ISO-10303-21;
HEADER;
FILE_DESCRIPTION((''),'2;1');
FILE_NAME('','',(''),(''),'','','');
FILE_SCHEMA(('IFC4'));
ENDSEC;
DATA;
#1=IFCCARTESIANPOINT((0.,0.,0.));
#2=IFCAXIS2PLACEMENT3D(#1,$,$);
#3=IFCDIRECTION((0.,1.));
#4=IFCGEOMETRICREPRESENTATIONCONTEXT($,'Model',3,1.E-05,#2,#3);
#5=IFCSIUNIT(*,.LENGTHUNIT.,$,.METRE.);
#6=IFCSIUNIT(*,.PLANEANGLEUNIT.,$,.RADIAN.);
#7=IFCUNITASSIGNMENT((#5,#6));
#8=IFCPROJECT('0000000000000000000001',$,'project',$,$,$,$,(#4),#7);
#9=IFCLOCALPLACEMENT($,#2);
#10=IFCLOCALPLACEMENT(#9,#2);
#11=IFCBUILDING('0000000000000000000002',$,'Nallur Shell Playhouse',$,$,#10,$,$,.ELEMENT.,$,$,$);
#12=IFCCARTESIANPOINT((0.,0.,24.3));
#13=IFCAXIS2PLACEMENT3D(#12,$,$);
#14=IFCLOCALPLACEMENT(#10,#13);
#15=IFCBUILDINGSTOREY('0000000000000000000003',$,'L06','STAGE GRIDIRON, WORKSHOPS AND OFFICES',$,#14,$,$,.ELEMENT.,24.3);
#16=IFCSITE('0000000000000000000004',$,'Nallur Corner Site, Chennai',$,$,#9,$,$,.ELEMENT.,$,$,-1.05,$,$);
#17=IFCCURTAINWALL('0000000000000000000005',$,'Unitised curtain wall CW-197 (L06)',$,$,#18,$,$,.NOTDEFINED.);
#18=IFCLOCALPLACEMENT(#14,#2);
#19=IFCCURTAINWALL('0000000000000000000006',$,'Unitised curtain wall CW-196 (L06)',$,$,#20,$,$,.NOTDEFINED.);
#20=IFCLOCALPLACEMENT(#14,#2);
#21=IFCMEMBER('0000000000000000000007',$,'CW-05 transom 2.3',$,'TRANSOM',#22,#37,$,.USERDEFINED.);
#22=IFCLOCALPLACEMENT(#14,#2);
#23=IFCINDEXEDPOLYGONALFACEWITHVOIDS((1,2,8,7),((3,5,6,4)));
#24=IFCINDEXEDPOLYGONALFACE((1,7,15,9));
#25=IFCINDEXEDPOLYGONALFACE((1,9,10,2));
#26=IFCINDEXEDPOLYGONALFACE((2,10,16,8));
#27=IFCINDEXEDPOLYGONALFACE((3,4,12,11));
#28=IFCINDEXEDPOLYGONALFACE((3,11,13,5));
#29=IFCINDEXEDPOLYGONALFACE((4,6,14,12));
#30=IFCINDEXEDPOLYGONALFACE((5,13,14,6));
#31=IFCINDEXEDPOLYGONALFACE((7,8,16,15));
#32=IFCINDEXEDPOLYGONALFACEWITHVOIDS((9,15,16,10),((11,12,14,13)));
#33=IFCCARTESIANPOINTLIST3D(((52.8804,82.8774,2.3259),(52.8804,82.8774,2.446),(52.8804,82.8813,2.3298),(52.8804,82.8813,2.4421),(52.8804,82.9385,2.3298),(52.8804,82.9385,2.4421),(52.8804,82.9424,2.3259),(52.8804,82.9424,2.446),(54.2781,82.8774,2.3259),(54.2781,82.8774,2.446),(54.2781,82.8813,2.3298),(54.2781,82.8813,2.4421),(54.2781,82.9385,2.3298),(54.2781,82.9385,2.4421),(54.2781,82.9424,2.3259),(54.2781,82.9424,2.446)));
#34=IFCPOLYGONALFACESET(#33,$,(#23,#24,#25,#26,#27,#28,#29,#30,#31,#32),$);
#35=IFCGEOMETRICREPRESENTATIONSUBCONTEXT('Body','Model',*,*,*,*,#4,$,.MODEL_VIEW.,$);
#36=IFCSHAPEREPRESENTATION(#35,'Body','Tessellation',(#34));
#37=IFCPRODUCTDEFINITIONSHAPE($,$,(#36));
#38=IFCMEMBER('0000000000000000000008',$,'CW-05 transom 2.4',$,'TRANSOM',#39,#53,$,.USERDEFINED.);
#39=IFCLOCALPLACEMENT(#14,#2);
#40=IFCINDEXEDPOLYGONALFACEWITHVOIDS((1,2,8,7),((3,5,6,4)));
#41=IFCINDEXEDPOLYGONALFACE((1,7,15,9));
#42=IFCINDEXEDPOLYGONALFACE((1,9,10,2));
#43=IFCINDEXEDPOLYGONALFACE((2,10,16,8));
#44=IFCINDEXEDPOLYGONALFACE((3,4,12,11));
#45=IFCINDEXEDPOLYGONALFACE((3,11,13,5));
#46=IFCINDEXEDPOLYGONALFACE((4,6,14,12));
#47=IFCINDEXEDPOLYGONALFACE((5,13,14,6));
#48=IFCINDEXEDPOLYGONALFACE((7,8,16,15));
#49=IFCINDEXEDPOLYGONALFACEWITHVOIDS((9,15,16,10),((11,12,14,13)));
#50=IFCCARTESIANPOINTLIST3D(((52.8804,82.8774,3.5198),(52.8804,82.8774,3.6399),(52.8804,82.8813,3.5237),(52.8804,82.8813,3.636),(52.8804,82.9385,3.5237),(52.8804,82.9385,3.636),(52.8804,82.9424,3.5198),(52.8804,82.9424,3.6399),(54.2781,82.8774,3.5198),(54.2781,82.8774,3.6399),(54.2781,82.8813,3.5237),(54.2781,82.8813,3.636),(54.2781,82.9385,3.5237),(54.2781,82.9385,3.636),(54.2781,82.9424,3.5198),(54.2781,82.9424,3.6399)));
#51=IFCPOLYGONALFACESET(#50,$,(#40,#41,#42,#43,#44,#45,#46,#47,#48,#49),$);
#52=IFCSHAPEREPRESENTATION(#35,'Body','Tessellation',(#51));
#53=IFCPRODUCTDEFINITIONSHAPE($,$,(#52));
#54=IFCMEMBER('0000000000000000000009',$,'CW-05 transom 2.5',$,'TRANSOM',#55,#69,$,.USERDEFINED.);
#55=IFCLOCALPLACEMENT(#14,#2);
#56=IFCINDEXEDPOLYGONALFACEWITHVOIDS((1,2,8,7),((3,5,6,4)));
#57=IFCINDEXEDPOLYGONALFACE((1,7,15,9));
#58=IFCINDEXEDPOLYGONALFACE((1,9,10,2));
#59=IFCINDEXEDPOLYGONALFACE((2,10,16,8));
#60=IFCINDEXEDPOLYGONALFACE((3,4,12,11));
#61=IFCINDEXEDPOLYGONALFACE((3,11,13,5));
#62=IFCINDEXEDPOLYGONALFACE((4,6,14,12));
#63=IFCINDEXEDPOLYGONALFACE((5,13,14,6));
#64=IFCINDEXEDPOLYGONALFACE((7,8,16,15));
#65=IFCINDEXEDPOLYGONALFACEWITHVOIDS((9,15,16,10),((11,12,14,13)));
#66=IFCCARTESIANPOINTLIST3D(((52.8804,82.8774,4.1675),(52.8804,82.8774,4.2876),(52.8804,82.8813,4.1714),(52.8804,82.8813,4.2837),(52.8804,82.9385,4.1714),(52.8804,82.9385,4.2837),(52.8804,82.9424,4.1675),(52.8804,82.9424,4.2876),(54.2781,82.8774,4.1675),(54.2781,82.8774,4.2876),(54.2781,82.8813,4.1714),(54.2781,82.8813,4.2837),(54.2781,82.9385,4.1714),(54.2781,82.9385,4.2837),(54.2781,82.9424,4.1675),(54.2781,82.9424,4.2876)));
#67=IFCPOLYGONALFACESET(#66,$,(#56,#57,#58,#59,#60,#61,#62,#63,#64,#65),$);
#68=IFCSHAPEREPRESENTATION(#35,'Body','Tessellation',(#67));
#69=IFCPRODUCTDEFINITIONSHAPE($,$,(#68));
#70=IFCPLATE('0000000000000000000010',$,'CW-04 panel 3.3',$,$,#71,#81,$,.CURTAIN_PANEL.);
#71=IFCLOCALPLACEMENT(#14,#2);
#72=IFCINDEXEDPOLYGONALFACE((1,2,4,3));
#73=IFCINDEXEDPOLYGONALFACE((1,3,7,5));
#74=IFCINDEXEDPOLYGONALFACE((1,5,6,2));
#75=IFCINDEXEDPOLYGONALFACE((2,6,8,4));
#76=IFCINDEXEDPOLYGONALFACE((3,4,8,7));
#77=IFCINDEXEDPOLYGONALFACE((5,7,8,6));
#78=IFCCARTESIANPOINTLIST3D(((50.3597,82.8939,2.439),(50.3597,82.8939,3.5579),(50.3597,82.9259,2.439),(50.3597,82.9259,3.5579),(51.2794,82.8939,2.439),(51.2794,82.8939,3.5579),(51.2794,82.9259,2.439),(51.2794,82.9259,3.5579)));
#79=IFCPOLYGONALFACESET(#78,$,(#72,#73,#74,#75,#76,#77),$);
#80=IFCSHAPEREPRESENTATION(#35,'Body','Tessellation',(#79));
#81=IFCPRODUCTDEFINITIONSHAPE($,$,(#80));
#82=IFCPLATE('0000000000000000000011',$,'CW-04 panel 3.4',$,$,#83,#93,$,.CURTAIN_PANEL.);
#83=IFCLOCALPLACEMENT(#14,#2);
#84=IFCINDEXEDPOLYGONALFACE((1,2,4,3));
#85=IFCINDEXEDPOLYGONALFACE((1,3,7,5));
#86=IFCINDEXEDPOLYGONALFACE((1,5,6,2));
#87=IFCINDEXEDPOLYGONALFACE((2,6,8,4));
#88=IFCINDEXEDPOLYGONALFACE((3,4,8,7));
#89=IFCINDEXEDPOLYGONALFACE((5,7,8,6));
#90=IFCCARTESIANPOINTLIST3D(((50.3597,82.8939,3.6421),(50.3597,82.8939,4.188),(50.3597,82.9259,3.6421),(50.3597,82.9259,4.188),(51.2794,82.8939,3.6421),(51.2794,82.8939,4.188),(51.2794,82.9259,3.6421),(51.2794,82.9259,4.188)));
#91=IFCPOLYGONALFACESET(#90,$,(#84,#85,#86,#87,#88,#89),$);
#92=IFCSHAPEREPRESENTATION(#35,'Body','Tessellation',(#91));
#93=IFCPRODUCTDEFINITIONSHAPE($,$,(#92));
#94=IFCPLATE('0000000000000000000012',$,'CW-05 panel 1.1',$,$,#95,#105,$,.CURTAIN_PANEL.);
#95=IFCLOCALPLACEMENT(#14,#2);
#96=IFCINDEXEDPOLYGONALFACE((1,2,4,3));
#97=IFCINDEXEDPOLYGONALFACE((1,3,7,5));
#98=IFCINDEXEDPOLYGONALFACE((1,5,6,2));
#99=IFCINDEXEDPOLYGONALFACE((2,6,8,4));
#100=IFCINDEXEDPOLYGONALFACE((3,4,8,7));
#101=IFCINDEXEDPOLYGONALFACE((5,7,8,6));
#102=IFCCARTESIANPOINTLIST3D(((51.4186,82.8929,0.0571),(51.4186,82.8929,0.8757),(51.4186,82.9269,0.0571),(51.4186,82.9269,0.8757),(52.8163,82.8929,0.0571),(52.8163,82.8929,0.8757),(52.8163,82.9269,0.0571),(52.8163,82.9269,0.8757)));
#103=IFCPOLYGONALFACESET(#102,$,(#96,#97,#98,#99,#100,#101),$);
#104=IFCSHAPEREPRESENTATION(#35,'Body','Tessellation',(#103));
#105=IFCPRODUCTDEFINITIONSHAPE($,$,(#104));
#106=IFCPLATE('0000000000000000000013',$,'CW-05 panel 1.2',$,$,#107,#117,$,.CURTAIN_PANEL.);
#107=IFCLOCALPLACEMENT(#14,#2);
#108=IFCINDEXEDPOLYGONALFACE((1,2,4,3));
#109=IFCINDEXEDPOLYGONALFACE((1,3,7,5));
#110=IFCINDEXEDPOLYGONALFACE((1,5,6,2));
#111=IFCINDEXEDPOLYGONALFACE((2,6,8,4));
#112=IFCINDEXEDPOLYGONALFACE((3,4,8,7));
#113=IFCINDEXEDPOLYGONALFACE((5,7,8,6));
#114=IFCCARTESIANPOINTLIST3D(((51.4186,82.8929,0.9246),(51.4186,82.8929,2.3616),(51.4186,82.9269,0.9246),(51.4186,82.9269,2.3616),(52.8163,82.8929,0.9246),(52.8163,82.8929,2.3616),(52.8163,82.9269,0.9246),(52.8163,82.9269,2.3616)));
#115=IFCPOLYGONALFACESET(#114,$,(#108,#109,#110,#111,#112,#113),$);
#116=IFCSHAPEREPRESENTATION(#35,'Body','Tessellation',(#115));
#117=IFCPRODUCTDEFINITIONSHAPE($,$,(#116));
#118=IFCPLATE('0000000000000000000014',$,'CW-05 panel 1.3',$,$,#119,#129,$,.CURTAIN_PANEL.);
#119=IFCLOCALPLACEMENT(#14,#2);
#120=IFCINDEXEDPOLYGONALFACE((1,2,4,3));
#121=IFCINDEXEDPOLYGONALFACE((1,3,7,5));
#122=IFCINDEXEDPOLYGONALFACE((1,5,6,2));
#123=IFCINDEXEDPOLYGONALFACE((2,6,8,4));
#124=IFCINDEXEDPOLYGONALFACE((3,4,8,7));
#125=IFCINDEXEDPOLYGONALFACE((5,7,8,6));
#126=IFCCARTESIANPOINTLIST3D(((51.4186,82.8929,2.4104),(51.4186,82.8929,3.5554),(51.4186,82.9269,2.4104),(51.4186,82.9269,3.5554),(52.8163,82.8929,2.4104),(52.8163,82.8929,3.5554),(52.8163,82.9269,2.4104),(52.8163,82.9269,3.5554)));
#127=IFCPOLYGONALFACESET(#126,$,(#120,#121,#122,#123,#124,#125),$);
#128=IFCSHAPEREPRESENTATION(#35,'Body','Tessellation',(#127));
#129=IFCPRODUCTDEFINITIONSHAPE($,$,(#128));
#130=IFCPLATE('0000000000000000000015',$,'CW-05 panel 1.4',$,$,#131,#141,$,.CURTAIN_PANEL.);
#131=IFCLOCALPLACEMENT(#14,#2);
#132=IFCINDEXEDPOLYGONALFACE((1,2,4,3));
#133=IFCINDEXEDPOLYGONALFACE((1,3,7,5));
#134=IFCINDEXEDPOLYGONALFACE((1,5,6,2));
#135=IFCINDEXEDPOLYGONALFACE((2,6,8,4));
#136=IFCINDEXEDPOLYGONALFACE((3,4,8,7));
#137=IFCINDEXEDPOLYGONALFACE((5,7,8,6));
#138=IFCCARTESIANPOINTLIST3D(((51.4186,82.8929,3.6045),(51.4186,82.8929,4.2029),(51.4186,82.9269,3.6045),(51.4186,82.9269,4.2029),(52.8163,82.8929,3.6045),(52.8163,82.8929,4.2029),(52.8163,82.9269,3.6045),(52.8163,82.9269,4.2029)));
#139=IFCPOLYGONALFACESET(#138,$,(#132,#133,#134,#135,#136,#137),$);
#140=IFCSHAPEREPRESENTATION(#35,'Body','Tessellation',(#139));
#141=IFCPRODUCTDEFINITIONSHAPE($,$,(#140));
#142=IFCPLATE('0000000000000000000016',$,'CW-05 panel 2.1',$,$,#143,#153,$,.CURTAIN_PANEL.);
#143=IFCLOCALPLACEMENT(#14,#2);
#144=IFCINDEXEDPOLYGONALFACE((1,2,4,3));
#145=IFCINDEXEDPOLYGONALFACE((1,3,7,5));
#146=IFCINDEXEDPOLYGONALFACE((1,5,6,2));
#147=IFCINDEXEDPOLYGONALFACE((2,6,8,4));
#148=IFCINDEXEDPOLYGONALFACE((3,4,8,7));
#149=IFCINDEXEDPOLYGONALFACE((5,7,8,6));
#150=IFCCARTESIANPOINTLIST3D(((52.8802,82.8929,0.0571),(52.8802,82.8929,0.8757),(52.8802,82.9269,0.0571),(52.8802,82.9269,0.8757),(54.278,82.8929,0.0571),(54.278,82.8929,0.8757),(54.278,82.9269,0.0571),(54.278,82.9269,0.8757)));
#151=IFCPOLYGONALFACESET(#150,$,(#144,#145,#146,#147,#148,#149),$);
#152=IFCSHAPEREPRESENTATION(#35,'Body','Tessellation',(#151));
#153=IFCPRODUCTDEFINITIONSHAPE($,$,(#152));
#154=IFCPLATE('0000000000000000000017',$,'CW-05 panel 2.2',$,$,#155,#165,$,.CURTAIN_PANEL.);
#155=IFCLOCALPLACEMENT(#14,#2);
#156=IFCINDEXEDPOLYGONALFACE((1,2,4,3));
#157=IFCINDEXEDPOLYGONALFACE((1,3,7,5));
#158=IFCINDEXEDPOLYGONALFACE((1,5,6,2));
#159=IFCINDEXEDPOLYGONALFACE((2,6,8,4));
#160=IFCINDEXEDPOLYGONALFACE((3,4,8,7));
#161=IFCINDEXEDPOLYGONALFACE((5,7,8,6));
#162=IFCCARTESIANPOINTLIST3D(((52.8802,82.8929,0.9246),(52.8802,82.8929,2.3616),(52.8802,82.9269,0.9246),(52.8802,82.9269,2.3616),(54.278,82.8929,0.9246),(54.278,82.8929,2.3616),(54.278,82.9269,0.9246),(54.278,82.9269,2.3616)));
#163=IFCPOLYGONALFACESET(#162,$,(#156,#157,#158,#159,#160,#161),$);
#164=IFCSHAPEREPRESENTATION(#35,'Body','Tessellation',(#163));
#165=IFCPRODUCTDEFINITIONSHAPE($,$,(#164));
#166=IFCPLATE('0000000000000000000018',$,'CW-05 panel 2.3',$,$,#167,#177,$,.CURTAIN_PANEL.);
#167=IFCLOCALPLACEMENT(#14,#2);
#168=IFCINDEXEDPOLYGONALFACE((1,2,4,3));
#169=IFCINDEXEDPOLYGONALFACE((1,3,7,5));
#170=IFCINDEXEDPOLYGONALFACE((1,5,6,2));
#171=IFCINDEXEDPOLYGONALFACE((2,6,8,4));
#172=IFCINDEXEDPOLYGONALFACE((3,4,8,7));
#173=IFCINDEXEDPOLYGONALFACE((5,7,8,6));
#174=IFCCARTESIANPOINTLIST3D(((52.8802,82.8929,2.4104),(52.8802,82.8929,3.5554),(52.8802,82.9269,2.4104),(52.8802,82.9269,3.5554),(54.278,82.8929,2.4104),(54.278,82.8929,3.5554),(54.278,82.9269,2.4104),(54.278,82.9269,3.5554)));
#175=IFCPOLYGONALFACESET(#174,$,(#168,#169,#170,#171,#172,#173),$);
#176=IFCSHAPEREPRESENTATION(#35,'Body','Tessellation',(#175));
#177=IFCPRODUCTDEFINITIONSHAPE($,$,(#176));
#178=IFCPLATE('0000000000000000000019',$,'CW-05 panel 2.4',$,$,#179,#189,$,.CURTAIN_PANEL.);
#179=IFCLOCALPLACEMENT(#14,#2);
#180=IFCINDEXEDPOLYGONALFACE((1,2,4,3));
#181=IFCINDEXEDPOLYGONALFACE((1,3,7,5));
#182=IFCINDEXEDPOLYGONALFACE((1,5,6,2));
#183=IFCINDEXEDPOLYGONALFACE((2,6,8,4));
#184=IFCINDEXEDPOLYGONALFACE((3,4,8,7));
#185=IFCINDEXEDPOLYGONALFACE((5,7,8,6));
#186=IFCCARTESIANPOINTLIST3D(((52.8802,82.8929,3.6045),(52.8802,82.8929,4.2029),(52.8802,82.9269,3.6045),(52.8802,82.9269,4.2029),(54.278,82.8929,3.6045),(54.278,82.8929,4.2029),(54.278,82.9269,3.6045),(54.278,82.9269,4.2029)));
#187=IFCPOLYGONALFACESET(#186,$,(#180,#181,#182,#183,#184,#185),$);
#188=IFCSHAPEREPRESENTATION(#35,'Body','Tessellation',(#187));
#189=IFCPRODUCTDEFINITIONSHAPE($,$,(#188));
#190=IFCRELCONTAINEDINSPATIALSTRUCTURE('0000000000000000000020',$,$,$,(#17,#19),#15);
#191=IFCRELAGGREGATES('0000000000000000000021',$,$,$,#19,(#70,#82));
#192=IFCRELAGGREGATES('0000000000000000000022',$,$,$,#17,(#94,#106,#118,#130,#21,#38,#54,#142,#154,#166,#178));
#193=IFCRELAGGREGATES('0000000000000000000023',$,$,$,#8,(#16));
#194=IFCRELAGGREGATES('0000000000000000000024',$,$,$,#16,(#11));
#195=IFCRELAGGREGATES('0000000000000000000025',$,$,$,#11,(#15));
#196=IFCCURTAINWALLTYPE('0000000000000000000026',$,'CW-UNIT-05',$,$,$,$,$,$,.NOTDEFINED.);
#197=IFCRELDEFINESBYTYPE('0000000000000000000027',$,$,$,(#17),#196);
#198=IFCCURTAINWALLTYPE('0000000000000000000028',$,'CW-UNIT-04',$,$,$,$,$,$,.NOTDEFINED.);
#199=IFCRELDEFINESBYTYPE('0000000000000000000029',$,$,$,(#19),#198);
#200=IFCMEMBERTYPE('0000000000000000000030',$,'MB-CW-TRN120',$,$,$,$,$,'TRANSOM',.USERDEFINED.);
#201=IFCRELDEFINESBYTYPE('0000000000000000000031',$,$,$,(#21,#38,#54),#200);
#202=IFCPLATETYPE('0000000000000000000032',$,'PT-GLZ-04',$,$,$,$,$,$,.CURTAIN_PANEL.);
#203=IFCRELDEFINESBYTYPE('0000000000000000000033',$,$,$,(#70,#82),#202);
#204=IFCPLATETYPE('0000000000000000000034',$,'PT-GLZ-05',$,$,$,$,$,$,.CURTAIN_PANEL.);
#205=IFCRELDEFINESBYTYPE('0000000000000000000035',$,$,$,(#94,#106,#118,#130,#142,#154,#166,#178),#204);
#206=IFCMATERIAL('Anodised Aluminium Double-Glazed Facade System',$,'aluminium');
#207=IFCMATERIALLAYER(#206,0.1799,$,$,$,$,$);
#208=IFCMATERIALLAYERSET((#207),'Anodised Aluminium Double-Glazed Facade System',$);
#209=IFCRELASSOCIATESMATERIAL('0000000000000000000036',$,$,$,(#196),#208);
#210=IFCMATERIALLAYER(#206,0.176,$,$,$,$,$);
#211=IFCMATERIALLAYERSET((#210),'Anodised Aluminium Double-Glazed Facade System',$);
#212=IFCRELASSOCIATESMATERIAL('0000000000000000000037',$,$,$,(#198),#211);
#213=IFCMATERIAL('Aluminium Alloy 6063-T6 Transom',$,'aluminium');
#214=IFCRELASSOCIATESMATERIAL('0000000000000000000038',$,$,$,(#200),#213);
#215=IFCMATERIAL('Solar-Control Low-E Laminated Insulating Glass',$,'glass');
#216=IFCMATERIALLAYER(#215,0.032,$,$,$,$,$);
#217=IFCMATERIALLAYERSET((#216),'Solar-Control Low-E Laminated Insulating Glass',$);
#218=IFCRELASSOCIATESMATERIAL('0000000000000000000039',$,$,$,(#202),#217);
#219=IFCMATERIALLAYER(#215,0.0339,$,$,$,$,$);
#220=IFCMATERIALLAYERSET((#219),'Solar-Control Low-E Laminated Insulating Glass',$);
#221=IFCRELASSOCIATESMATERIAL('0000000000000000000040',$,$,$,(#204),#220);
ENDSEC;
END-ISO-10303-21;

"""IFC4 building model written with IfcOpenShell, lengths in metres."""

from ifc_helpers import new_model, si_unit, direction, frame, origin, origin_2d, place, context, subcontext, project, spatial, rectangle, hollow_rectangle, extrude, material, layer, layer_set, material_profile, profile_set, type_object, element, aggregate, save


model = new_model("IFC4")

# Units and contexts
model_context = context("Model", 3, precision=1e-05, world=origin(), true_north=direction((0.0, 1.0)))
body_context = subcontext(model_context, "Body", "Model", "MODEL_VIEW")
ifc_project = project(units=[si_unit("LENGTHUNIT", "METRE"), si_unit("PLANEANGLEUNIT", "RADIAN")], contexts=[model_context])

# Site, building, storey
site_placement = place(None, origin())
site = spatial("IfcSite", under=ifc_project, at=site_placement, Name="Nallur Corner Site, Chennai", CompositionType="ELEMENT", RefElevation=-1.05)
building_placement = place(site_placement, origin())
building = spatial("IfcBuilding", under=site, at=building_placement, Name="Nallur Shell Playhouse", CompositionType="ELEMENT")
storey_placement = place(building_placement, frame((0.0, 0.0, 24.3)))
storey = spatial("IfcBuildingStorey", under=building, at=storey_placement, Name="L06", Description="STAGE GRIDIRON, WORKSHOPS AND OFFICES", CompositionType="ELEMENT", Elevation=24.3)

# Curtain wall
ifc_material_1 = material(Name="Anodised Aluminium Double-Glazed Facade System", Category="aluminium")
ifc_layer_1 = layer(ifc_material_1, 0.1799)
ifc_layer_set_1 = layer_set([ifc_layer_1], Name="Anodised Aluminium Double-Glazed Facade System")
curtain_wall_type_1 = type_object("IfcCurtainWallType", Name="CW-UNIT-05", PredefinedType="NOTDEFINED", material=ifc_layer_set_1)
curtain_wall_1_placement = place(storey_placement, origin())
curtain_wall_1 = element("IfcCurtainWall", 1, at=curtain_wall_1_placement, inside=storey, type_object=curtain_wall_type_1, Name="Unitised curtain wall CW-197 (L06)", PredefinedType="NOTDEFINED")

# Curtain wall
ifc_layer_2 = layer(ifc_material_1, 0.176)
ifc_layer_set_2 = layer_set([ifc_layer_2], Name="Anodised Aluminium Double-Glazed Facade System")
curtain_wall_type_2 = type_object("IfcCurtainWallType", Name="CW-UNIT-04", PredefinedType="NOTDEFINED", material=ifc_layer_set_2)
curtain_wall_2_placement = place(storey_placement, origin())
curtain_wall_2 = element("IfcCurtainWall", 2, at=curtain_wall_2_placement, inside=storey, type_object=curtain_wall_type_2, Name="Unitised curtain wall CW-196 (L06)", PredefinedType="NOTDEFINED")

# Members
ifc_material_2 = material(Name="Aluminium Alloy 6063-T6 Transom", Category="aluminium")
ifc_material_profile_1 = material_profile(ifc_material_2, hollow_rectangle(XDim=0.0649, YDim=0.1201, WallThickness=0.0039, at=origin_2d()), Name="ALU 65x120x4")
ifc_profile_set_1 = profile_set([ifc_material_profile_1], Name="Aluminium Alloy 6063-T6 Transom")
member_type_1 = type_object("IfcMemberType", Name="MB-CW-TRN120", ElementType="TRANSOM", PredefinedType="USERDEFINED", material=ifc_profile_set_1)
member_1_placement = place(storey_placement, frame((52.8804, 82.9099, 2.386), z_axis=(1.0, 0.0, 0.0), x_axis=(0.0, 1.0, 0.0)))
member_1 = element("IfcMember", 3, at=member_1_placement, type_object=member_type_1, Name="CW-05 transom 2.3", ObjectType="TRANSOM", PredefinedType="USERDEFINED", context=body_context, shape_type="SweptSolid", body=[
    extrude(hollow_rectangle(XDim=0.0649, YDim=0.1201, WallThickness=0.0039, at=origin_2d()), origin(), (0.0, 0.0, 1.0), 1.3977),
])
member_2_placement = place(storey_placement, frame((52.8804, 82.9099, 3.5798), z_axis=(1.0, 0.0, 0.0), x_axis=(0.0, 1.0, 0.0)))
member_2 = element("IfcMember", 4, at=member_2_placement, type_object=member_type_1, Name="CW-05 transom 2.4", ObjectType="TRANSOM", PredefinedType="USERDEFINED", context=body_context, shape_type="SweptSolid", body=[
    extrude(hollow_rectangle(XDim=0.0649, YDim=0.1201, WallThickness=0.0039, at=origin_2d()), origin(), (0.0, 0.0, 1.0), 1.3977),
])
member_3_placement = place(storey_placement, frame((52.8804, 82.9099, 4.2275), z_axis=(1.0, 0.0, 0.0), x_axis=(0.0, 1.0, 0.0)))
member_3 = element("IfcMember", 5, at=member_3_placement, type_object=member_type_1, Name="CW-05 transom 2.5", ObjectType="TRANSOM", PredefinedType="USERDEFINED", context=body_context, shape_type="SweptSolid", body=[
    extrude(hollow_rectangle(XDim=0.0649, YDim=0.1201, WallThickness=0.0039, at=origin_2d()), origin(), (0.0, 0.0, 1.0), 1.3977),
])

# Plates
ifc_material_3 = material(Name="Solar-Control Low-E Laminated Insulating Glass", Category="glass")
ifc_layer_3 = layer(ifc_material_3, 0.032)
ifc_layer_set_3 = layer_set([ifc_layer_3], Name="Solar-Control Low-E Laminated Insulating Glass")
plate_type_1 = type_object("IfcPlateType", Name="PT-GLZ-04", PredefinedType="CURTAIN_PANEL", material=ifc_layer_set_3)
plate_1_placement = place(storey_placement, frame((50.8196, 82.9099, 2.439), z_axis=(0.0, 0.0, 1.0), x_axis=(1.0, 0.0, 0.0)))
plate_1 = element("IfcPlate", 6, at=plate_1_placement, type_object=plate_type_1, Name="CW-04 panel 3.3", PredefinedType="CURTAIN_PANEL", context=body_context, shape_type="SweptSolid", body=[
    extrude(rectangle(XDim=0.9197, YDim=0.032, at=origin_2d()), origin(), (0.0, 0.0, 1.0), 1.1189),
])
plate_2_placement = place(storey_placement, frame((50.8196, 82.9099, 3.6421), z_axis=(0.0, 0.0, 1.0), x_axis=(1.0, 0.0, 0.0)))
plate_2 = element("IfcPlate", 7, at=plate_2_placement, type_object=plate_type_1, Name="CW-04 panel 3.4", PredefinedType="CURTAIN_PANEL", context=body_context, shape_type="SweptSolid", body=[
    extrude(rectangle(XDim=0.9197, YDim=0.032, at=origin_2d()), origin(), (0.0, 0.0, 1.0), 0.5459),
])
aggregate(curtain_wall_2, [plate_1, plate_2])
ifc_layer_4 = layer(ifc_material_3, 0.0339)
ifc_layer_set_4 = layer_set([ifc_layer_4], Name="Solar-Control Low-E Laminated Insulating Glass")
plate_type_2 = type_object("IfcPlateType", Name="PT-GLZ-05", PredefinedType="CURTAIN_PANEL", material=ifc_layer_set_4)
plate_3_placement = place(storey_placement, frame((52.1174, 82.9099, 0.0571), z_axis=(0.0, 0.0, 1.0), x_axis=(1.0, 0.0, 0.0)))
plate_3 = element("IfcPlate", 8, at=plate_3_placement, type_object=plate_type_2, Name="CW-05 panel 1.1", PredefinedType="CURTAIN_PANEL", context=body_context, shape_type="SweptSolid", body=[
    extrude(rectangle(XDim=1.3977, YDim=0.0339, at=origin_2d()), origin(), (0.0, 0.0, 1.0), 0.8186),
])
plate_4_placement = place(storey_placement, frame((52.1174, 82.9099, 0.9246), z_axis=(0.0, 0.0, 1.0), x_axis=(1.0, 0.0, 0.0)))
plate_4 = element("IfcPlate", 9, at=plate_4_placement, type_object=plate_type_2, Name="CW-05 panel 1.2", PredefinedType="CURTAIN_PANEL", context=body_context, shape_type="SweptSolid", body=[
    extrude(rectangle(XDim=1.3977, YDim=0.0339, at=origin_2d()), origin(), (0.0, 0.0, 1.0), 1.437),
])
plate_5_placement = place(storey_placement, frame((52.1174, 82.9099, 2.4104), z_axis=(0.0, 0.0, 1.0), x_axis=(1.0, 0.0, 0.0)))
plate_5 = element("IfcPlate", 10, at=plate_5_placement, type_object=plate_type_2, Name="CW-05 panel 1.3", PredefinedType="CURTAIN_PANEL", context=body_context, shape_type="SweptSolid", body=[
    extrude(rectangle(XDim=1.3977, YDim=0.0339, at=origin_2d()), origin(), (0.0, 0.0, 1.0), 1.145),
])
plate_6_placement = place(storey_placement, frame((52.1174, 82.9099, 3.6045), z_axis=(0.0, 0.0, 1.0), x_axis=(1.0, 0.0, 0.0)))
plate_6 = element("IfcPlate", 11, at=plate_6_placement, type_object=plate_type_2, Name="CW-05 panel 1.4", PredefinedType="CURTAIN_PANEL", context=body_context, shape_type="SweptSolid", body=[
    extrude(rectangle(XDim=1.3977, YDim=0.0339, at=origin_2d()), origin(), (0.0, 0.0, 1.0), 0.5984),
])
plate_7_placement = place(storey_placement, frame((53.5791, 82.9099, 0.0571), z_axis=(0.0, 0.0, 1.0), x_axis=(1.0, 0.0, 0.0)))
plate_7 = element("IfcPlate", 12, at=plate_7_placement, type_object=plate_type_2, Name="CW-05 panel 2.1", PredefinedType="CURTAIN_PANEL", context=body_context, shape_type="SweptSolid", body=[
    extrude(rectangle(XDim=1.3977, YDim=0.0339, at=origin_2d()), origin(), (0.0, 0.0, 1.0), 0.8186),
])
plate_8_placement = place(storey_placement, frame((53.5791, 82.9099, 0.9246), z_axis=(0.0, 0.0, 1.0), x_axis=(1.0, 0.0, 0.0)))
plate_8 = element("IfcPlate", 13, at=plate_8_placement, type_object=plate_type_2, Name="CW-05 panel 2.2", PredefinedType="CURTAIN_PANEL", context=body_context, shape_type="SweptSolid", body=[
    extrude(rectangle(XDim=1.3977, YDim=0.0339, at=origin_2d()), origin(), (0.0, 0.0, 1.0), 1.437),
])
plate_9_placement = place(storey_placement, frame((53.5791, 82.9099, 2.4104), z_axis=(0.0, 0.0, 1.0), x_axis=(1.0, 0.0, 0.0)))
plate_9 = element("IfcPlate", 14, at=plate_9_placement, type_object=plate_type_2, Name="CW-05 panel 2.3", PredefinedType="CURTAIN_PANEL", context=body_context, shape_type="SweptSolid", body=[
    extrude(rectangle(XDim=1.3977, YDim=0.0339, at=origin_2d()), origin(), (0.0, 0.0, 1.0), 1.145),
])
plate_10_placement = place(storey_placement, frame((53.5791, 82.9099, 3.6045), z_axis=(0.0, 0.0, 1.0), x_axis=(1.0, 0.0, 0.0)))
plate_10 = element("IfcPlate", 15, at=plate_10_placement, type_object=plate_type_2, Name="CW-05 panel 2.4", PredefinedType="CURTAIN_PANEL", context=body_context, shape_type="SweptSolid", body=[
    extrude(rectangle(XDim=1.3977, YDim=0.0339, at=origin_2d()), origin(), (0.0, 0.0, 1.0), 0.5984),
])
aggregate(curtain_wall_1, [plate_3, plate_4, plate_5, plate_6, member_1, member_2, member_3, plate_7, plate_8, plate_9, plate_10])

save(model, "model.ifc")
